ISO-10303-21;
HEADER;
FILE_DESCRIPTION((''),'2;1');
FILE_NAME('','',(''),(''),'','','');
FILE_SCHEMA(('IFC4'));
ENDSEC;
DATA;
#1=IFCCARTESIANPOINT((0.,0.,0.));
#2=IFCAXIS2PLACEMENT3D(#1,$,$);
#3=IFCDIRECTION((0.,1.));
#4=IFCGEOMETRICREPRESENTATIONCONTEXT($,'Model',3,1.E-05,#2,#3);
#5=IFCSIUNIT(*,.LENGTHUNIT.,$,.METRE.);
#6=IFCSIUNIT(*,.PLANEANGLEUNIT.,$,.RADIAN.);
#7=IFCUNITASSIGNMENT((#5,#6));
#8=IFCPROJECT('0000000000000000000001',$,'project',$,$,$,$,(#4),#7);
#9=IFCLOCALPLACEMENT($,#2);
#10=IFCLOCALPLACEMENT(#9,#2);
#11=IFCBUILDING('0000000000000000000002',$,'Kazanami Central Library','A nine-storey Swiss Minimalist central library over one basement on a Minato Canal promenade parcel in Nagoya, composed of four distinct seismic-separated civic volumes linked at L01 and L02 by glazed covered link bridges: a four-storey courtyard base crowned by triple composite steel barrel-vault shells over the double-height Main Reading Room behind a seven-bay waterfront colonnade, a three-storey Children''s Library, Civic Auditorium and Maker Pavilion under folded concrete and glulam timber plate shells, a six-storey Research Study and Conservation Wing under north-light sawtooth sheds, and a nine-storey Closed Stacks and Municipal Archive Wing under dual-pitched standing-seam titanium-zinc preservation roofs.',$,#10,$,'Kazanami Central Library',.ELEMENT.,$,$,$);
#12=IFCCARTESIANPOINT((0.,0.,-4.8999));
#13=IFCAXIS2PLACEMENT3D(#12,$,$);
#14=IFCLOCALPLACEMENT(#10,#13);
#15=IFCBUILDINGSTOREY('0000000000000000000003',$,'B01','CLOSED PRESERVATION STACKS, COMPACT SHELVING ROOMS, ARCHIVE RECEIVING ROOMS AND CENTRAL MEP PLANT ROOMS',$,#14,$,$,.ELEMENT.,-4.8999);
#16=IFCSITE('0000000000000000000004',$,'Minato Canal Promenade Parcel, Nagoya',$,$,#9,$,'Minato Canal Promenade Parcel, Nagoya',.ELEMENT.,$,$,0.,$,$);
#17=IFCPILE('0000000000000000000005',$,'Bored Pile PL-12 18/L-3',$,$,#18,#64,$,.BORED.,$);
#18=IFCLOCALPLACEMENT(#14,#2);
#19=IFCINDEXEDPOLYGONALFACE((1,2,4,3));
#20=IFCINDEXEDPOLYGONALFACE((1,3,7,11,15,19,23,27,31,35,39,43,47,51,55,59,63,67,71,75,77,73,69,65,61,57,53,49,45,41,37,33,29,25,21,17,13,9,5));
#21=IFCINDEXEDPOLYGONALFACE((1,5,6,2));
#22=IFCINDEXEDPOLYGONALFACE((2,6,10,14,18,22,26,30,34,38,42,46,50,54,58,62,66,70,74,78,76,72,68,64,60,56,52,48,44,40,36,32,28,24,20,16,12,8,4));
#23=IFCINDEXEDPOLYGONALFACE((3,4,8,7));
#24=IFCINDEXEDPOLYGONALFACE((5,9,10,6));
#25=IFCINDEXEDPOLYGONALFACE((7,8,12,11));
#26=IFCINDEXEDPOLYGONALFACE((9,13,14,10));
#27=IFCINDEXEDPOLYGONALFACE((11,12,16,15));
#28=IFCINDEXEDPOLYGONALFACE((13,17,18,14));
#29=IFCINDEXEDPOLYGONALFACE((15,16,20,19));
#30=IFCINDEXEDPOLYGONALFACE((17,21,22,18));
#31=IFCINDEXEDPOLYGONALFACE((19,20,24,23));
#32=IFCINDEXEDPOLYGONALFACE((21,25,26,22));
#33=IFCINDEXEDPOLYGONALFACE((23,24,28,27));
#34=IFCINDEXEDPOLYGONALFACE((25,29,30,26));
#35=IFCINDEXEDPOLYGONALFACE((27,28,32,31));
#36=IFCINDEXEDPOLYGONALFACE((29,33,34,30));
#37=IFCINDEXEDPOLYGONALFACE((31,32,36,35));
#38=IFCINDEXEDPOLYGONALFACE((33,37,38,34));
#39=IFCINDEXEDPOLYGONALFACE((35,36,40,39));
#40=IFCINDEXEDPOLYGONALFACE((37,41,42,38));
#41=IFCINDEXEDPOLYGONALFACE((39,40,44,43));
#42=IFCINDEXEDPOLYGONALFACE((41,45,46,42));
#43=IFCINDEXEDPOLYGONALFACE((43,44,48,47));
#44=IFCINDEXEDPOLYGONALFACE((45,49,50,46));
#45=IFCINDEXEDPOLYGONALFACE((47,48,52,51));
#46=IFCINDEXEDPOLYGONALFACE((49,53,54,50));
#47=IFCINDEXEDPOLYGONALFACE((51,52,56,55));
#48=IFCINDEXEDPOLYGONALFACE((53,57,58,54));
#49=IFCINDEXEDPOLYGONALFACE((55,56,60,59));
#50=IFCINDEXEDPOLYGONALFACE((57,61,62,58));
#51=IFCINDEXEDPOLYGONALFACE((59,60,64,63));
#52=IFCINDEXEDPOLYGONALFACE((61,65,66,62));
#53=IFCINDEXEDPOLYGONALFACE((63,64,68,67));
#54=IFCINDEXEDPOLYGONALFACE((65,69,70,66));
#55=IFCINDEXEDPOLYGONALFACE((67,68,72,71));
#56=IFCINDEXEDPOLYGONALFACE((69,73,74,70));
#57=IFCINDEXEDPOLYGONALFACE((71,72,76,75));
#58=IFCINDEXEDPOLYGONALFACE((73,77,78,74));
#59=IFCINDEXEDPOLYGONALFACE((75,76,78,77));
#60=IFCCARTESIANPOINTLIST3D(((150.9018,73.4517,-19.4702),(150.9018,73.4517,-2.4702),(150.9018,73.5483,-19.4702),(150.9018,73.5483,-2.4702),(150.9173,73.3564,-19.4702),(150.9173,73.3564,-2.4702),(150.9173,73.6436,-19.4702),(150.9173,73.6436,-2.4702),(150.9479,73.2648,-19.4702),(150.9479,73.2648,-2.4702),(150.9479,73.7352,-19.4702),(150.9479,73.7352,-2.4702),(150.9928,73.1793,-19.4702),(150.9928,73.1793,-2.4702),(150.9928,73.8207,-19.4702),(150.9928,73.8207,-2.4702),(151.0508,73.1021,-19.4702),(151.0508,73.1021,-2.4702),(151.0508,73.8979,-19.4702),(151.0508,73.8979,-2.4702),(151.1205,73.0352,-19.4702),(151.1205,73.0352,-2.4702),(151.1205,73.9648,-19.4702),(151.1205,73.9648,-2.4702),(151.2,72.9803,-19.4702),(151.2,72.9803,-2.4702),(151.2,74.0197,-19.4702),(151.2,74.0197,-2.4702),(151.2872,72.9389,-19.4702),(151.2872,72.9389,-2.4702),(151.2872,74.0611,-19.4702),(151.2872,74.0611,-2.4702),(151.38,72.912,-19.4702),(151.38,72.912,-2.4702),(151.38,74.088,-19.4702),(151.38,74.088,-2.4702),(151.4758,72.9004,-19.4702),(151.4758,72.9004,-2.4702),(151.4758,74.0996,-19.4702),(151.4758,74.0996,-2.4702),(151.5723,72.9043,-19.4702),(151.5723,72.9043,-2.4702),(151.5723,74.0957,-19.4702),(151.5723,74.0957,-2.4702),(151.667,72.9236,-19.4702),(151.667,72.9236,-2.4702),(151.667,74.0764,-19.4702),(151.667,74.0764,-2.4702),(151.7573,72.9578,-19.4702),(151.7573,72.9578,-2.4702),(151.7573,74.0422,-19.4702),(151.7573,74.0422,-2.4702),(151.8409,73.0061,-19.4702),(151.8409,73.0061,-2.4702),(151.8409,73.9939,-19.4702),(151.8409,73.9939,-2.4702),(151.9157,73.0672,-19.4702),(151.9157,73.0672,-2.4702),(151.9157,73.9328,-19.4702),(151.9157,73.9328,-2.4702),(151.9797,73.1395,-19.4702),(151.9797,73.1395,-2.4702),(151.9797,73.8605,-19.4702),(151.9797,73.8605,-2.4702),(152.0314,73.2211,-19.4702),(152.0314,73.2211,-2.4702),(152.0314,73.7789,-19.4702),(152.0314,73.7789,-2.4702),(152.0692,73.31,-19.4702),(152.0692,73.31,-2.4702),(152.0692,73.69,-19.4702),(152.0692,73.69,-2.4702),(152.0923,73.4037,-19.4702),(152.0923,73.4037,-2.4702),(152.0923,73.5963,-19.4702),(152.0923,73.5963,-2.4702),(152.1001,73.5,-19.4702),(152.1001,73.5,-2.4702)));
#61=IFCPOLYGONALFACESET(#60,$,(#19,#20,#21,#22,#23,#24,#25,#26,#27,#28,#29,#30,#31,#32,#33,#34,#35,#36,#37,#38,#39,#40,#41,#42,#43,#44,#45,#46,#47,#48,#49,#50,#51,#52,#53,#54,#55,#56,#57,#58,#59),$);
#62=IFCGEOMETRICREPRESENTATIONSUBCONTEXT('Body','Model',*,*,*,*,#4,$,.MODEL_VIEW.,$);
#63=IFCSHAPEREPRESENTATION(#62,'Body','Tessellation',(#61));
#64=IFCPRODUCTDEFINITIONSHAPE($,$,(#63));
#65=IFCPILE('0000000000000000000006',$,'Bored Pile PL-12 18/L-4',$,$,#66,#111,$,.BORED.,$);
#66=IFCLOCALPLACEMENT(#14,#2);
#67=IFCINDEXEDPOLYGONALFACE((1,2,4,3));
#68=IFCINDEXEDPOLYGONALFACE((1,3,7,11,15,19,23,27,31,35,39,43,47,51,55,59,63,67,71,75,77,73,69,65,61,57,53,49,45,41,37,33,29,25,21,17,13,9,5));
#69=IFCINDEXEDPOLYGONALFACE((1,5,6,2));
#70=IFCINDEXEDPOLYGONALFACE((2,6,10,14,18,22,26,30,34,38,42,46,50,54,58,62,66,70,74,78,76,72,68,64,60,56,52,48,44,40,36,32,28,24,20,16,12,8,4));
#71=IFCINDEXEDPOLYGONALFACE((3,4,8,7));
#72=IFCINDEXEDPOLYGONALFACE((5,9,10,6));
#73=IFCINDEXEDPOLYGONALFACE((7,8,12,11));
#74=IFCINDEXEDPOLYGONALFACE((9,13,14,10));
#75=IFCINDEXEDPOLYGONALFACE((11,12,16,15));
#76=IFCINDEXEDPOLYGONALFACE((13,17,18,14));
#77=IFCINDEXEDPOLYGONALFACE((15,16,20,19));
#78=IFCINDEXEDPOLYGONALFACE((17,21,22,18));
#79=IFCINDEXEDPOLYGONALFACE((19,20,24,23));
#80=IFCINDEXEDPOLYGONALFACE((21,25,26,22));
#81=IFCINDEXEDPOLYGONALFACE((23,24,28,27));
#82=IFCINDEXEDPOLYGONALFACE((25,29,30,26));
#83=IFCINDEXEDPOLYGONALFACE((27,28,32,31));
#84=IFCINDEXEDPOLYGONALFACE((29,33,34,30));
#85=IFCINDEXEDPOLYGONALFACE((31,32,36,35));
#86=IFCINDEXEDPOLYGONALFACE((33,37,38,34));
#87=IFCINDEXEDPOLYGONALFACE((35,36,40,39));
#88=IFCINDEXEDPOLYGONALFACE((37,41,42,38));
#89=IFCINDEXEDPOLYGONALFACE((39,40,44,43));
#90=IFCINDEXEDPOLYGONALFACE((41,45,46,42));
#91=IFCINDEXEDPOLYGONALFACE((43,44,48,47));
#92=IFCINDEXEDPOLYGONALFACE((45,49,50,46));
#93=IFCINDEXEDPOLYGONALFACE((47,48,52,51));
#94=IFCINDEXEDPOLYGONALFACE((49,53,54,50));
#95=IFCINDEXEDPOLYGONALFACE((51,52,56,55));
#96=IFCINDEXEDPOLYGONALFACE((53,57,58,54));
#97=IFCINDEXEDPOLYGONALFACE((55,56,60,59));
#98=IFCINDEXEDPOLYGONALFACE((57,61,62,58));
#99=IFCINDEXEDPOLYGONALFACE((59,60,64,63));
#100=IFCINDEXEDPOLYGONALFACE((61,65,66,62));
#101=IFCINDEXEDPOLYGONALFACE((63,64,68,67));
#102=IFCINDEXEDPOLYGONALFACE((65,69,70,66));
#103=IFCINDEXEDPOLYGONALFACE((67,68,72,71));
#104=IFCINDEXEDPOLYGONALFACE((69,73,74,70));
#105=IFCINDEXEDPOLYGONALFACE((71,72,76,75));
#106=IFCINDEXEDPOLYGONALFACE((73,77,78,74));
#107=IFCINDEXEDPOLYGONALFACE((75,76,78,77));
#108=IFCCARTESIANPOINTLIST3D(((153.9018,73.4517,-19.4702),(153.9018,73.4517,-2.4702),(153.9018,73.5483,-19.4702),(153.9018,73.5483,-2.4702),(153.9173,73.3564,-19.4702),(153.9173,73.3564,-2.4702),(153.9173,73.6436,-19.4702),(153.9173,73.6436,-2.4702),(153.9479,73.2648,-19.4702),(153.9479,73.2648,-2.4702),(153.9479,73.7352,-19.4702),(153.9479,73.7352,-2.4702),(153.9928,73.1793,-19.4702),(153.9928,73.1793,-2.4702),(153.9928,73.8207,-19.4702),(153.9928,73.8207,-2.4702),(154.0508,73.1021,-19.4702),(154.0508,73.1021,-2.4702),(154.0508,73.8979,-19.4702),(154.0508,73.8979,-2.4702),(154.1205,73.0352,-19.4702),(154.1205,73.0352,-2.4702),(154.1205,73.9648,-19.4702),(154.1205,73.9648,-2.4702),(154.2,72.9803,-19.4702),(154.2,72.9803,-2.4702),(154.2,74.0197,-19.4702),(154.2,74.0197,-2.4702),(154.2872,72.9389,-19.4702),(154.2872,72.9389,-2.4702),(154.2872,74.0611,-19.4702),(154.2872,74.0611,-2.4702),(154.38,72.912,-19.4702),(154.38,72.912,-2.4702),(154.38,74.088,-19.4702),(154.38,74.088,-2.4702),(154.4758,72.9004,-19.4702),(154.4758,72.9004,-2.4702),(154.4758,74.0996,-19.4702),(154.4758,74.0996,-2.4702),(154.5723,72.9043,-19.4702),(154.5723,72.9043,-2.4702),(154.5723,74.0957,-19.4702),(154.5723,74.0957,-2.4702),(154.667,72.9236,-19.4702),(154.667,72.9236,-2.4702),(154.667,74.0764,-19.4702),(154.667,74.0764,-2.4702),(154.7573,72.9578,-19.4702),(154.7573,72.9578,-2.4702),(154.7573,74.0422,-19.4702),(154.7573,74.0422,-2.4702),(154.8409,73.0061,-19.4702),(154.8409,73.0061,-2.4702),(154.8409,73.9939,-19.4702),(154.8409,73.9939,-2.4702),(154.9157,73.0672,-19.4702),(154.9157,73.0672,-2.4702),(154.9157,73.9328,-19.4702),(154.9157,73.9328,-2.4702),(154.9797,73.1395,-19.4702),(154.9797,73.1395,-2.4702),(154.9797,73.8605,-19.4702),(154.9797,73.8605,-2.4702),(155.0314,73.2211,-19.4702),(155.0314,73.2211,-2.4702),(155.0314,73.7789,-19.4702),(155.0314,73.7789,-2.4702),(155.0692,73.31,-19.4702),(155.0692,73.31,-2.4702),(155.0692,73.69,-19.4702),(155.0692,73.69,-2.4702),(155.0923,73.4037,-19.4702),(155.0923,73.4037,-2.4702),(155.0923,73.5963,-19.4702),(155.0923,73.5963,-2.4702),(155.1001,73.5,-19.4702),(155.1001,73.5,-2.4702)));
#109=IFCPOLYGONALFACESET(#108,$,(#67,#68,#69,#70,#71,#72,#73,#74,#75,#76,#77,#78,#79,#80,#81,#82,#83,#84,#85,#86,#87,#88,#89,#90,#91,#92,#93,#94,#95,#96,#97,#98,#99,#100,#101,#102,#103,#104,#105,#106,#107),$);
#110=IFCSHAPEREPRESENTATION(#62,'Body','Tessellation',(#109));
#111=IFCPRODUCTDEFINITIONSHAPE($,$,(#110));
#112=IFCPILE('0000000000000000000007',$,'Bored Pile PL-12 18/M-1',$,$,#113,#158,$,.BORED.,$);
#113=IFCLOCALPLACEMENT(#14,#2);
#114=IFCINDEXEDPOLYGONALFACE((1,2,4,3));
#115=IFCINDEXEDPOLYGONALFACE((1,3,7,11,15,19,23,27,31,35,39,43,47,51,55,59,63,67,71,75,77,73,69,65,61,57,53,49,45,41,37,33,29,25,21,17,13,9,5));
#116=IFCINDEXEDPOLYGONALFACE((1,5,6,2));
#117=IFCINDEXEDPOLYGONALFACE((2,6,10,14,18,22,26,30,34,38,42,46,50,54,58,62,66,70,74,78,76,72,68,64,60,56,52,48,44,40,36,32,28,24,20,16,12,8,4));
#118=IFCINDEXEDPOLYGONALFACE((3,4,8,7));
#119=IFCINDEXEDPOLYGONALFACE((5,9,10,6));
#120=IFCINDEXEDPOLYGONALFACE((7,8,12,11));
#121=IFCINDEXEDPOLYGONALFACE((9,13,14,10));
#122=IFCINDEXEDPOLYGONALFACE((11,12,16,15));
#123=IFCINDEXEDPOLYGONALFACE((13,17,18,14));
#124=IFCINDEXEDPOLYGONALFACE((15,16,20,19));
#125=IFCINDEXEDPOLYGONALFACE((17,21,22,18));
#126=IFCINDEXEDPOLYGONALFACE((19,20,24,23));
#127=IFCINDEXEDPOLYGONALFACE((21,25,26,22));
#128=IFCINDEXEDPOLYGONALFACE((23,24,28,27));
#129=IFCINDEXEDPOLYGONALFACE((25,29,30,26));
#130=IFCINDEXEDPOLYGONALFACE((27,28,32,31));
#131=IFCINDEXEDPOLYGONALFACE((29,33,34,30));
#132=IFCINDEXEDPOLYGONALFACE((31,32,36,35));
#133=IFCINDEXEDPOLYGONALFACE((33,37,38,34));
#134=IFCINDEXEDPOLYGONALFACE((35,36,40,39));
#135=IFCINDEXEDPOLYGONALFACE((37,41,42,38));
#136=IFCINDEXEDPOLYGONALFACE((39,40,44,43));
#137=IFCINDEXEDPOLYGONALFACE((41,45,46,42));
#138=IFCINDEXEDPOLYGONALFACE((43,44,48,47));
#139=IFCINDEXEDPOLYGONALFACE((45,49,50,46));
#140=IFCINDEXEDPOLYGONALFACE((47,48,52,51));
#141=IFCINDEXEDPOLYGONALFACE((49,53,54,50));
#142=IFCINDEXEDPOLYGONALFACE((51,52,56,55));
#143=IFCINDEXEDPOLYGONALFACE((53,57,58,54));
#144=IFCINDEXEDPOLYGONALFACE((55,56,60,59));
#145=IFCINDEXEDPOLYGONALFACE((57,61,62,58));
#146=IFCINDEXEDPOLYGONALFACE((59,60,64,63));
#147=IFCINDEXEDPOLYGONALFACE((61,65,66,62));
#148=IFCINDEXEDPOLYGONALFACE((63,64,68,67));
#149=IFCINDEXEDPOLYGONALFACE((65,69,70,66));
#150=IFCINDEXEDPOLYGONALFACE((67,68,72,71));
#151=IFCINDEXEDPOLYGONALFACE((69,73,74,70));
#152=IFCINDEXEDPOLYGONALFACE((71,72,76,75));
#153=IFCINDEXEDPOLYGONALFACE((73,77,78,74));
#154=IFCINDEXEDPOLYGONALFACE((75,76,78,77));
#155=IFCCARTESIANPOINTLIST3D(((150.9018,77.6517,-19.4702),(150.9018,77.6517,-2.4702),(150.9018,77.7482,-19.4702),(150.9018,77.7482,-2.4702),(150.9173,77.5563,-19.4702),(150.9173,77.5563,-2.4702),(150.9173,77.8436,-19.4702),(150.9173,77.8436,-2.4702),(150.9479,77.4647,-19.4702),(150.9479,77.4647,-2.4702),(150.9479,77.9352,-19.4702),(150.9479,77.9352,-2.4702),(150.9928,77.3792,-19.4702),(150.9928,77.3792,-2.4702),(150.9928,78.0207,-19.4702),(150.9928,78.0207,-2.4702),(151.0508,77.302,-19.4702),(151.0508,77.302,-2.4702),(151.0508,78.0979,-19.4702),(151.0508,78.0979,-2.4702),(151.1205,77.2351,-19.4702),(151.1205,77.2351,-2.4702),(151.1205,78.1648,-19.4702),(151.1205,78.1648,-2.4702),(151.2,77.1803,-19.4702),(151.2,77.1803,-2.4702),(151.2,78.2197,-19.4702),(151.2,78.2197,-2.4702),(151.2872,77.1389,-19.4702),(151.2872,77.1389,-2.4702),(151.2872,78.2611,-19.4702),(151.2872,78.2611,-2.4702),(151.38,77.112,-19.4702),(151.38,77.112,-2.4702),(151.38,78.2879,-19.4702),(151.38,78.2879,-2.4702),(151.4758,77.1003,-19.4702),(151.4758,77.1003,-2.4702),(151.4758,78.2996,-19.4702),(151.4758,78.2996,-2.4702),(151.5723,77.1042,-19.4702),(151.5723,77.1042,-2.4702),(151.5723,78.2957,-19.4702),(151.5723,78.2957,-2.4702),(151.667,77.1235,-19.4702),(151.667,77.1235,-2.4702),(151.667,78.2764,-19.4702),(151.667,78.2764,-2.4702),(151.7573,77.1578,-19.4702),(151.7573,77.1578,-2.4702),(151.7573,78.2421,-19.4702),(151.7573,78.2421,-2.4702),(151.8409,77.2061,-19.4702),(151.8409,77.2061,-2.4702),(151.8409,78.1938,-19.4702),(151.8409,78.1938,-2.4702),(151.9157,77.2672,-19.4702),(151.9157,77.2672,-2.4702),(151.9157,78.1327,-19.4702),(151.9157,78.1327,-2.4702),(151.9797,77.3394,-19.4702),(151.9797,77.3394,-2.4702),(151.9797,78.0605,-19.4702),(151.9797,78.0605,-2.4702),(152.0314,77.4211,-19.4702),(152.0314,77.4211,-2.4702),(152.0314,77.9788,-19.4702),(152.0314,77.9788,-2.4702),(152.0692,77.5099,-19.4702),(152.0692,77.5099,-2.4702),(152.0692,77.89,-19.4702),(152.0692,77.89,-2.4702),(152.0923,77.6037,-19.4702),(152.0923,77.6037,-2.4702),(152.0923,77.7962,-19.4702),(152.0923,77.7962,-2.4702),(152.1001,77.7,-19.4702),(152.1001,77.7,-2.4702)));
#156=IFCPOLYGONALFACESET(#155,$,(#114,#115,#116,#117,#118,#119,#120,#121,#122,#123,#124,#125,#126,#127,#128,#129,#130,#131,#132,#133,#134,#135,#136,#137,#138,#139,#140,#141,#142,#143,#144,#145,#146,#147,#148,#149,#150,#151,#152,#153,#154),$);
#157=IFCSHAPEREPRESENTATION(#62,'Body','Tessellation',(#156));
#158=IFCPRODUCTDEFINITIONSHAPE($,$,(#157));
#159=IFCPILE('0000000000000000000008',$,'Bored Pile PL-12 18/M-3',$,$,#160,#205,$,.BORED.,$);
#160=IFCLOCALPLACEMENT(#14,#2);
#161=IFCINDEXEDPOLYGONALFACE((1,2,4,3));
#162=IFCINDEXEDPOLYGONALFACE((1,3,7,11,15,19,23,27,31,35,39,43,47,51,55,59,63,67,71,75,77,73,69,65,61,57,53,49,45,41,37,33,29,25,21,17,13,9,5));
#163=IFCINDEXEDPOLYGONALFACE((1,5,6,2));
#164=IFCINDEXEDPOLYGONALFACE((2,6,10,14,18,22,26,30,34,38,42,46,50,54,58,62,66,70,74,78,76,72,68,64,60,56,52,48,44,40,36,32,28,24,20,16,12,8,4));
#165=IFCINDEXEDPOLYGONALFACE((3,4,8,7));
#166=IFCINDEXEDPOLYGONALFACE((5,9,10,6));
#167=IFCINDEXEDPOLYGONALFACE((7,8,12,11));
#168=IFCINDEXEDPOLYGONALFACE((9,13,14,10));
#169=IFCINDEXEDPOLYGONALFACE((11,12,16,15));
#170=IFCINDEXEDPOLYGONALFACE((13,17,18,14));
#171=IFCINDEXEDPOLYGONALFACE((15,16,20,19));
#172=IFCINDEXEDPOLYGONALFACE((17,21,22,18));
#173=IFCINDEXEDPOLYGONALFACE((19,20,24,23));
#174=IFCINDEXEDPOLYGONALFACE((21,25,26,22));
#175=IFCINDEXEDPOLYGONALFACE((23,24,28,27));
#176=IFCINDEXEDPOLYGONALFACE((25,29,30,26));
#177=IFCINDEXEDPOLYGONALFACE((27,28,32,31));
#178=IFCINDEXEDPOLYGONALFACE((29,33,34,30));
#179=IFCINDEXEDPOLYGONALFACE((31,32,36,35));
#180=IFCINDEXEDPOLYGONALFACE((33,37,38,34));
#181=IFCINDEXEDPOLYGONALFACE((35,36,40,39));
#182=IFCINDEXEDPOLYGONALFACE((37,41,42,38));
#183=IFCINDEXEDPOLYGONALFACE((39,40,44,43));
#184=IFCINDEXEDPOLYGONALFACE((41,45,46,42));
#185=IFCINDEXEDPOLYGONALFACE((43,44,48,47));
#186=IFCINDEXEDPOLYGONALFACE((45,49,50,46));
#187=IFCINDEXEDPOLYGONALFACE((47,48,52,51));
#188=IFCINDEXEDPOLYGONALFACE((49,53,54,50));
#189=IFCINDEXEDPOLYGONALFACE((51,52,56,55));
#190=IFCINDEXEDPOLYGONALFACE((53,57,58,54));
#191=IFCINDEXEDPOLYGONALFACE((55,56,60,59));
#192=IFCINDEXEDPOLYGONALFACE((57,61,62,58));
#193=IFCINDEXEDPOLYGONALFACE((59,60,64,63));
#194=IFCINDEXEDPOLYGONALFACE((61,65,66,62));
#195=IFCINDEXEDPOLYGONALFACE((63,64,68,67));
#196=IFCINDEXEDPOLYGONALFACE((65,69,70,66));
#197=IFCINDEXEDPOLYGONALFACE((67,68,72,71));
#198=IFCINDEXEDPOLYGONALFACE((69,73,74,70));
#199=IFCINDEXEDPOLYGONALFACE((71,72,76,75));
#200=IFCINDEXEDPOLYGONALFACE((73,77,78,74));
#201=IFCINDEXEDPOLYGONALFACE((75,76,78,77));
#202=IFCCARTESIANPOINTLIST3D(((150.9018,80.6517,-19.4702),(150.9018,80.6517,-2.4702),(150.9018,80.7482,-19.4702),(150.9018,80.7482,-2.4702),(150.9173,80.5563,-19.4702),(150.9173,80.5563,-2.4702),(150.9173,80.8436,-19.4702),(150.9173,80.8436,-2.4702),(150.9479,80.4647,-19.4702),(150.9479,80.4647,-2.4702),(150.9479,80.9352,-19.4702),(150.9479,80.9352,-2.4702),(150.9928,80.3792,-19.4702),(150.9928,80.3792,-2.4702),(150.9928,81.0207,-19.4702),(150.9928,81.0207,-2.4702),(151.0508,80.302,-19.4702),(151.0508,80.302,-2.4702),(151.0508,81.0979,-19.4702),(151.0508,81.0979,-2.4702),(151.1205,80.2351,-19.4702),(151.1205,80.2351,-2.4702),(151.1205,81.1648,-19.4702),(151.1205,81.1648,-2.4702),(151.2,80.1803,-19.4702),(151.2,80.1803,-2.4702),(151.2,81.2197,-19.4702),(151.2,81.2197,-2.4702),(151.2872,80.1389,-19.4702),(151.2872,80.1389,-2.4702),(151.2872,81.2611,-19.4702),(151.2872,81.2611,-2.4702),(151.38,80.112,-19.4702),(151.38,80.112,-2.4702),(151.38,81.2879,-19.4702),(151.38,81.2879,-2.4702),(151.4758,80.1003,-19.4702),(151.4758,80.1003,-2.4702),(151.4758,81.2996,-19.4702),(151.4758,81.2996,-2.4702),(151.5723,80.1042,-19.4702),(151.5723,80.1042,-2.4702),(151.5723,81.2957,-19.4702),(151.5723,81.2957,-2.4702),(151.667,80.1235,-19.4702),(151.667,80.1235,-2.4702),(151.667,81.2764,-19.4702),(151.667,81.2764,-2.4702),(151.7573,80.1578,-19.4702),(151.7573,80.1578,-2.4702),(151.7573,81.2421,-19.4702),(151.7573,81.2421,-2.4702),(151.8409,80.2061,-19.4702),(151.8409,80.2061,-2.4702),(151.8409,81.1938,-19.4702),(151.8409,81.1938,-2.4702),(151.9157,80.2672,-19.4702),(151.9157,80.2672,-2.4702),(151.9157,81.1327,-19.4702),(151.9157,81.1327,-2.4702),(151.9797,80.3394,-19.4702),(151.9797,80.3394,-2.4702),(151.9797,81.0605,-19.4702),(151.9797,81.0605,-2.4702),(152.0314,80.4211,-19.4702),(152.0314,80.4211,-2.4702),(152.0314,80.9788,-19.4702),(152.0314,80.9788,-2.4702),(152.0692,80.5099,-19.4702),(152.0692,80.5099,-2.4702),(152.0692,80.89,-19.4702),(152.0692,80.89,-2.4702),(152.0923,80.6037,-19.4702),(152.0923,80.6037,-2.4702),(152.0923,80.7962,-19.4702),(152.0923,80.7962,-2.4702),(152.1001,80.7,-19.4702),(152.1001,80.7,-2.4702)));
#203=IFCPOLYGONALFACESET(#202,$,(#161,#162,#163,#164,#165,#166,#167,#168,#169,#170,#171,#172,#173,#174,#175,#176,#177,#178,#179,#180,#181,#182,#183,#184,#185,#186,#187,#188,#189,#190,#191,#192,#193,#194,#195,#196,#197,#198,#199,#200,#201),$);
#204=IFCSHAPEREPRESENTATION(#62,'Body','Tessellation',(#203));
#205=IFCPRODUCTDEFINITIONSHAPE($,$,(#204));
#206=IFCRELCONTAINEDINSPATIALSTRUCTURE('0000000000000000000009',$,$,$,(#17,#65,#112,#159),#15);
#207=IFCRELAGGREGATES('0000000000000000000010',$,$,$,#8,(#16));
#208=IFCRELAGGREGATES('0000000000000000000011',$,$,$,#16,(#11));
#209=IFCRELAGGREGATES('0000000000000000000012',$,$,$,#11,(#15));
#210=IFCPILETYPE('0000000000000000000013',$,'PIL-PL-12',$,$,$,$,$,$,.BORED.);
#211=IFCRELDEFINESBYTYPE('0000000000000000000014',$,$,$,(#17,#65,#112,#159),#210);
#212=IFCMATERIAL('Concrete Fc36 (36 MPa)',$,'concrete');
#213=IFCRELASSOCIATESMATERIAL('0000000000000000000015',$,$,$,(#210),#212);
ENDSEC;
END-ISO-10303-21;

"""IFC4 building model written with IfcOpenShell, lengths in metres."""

from ifc_helpers import new_model, si_unit, direction, frame, origin, origin_2d, place, context, subcontext, project, spatial, circle, extrude, material, material_profile, profile_set, type_object, element, save


model = new_model("IFC4")

# Units and contexts
model_context = context("Model", 3, precision=1e-05, world=origin(), true_north=direction((0.0, 1.0)))
body_context = subcontext(model_context, "Body", "Model", "MODEL_VIEW")
ifc_project = project(units=[si_unit("LENGTHUNIT", "METRE"), si_unit("PLANEANGLEUNIT", "RADIAN")], contexts=[model_context])

# Site, building, storey
site_placement = place(None, origin())
site = spatial("IfcSite", under=ifc_project, at=site_placement, Name="Minato Canal Promenade Parcel, Nagoya", LongName="Minato Canal Promenade Parcel, Nagoya", CompositionType="ELEMENT", RefElevation=0.0)
building_placement = place(site_placement, origin())
building = spatial("IfcBuilding", under=site, at=building_placement, Name="Kazanami Central Library", Description="A nine-storey Swiss Minimalist central library over one basement on a Minato Canal promenade parcel in Nagoya, composed of four distinct seismic-separated civic volumes linked at L01 and L02 by glazed covered link bridges: a four-storey courtyard base crowned by triple composite steel barrel-vault shells over the double-height Main Reading Room behind a seven-bay waterfront colonnade, a three-storey Children's Library, Civic Auditorium and Maker Pavilion under folded concrete and glulam timber plate shells, a six-storey Research Study and Conservation Wing under north-light sawtooth sheds, and a nine-storey Closed Stacks and Municipal Archive Wing under dual-pitched standing-seam titanium-zinc preservation roofs.", LongName="Kazanami Central Library", CompositionType="ELEMENT")
storey_placement = place(building_placement, frame((0.0, 0.0, -4.8999)))
storey = spatial("IfcBuildingStorey", under=building, at=storey_placement, Name="B01", Description="CLOSED PRESERVATION STACKS, COMPACT SHELVING ROOMS, ARCHIVE RECEIVING ROOMS AND CENTRAL MEP PLANT ROOMS", CompositionType="ELEMENT", Elevation=-4.8999)

# Shared definitions
ifc_material_1 = material(Name="Concrete Fc36 (36 MPa)", Category="concrete")

# Piles
ifc_material_profile_1 = material_profile(ifc_material_1, circle(Radius=0.6001, at=origin_2d()), Name="BORED-D1200")
ifc_profile_set_1 = profile_set([ifc_material_profile_1], Name="Concrete Fc36 (36 MPa)")
pile_type = type_object("IfcPileType", Name="PIL-PL-12", PredefinedType="BORED", material=ifc_profile_set_1)
for number, where, z_axis, x_axis, name in (
    (1, (151.5, 73.5, -2.4702), (0.0, 0.0, -1.0), (1.0, 0.0, 0.0), "Bored Pile PL-12 18/L-3"),
    (2, (154.5, 73.5, -2.4702), (0.0, 0.0, -1.0), (1.0, 0.0, 0.0), "Bored Pile PL-12 18/L-4"),
    (3, (151.5, 77.7, -2.4702), (0.0, 0.0, -1.0), (1.0, 0.0, 0.0), "Bored Pile PL-12 18/M-1"),
    (4, (151.5, 80.7, -2.4702), (0.0, 0.0, -1.0), (1.0, 0.0, 0.0), "Bored Pile PL-12 18/M-3"),
):
    element("IfcPile", number, at=place(storey_placement, frame(where, z_axis=z_axis, x_axis=x_axis)), inside=storey, type_object=pile_type, Name=name, PredefinedType="BORED", context=body_context, shape_type="SweptSolid", body=[
        extrude(circle(Radius=0.6001, at=origin_2d()), origin(), (0.0, 0.0, 1.0), 17.0),
    ])

save(model, "model.ifc")
